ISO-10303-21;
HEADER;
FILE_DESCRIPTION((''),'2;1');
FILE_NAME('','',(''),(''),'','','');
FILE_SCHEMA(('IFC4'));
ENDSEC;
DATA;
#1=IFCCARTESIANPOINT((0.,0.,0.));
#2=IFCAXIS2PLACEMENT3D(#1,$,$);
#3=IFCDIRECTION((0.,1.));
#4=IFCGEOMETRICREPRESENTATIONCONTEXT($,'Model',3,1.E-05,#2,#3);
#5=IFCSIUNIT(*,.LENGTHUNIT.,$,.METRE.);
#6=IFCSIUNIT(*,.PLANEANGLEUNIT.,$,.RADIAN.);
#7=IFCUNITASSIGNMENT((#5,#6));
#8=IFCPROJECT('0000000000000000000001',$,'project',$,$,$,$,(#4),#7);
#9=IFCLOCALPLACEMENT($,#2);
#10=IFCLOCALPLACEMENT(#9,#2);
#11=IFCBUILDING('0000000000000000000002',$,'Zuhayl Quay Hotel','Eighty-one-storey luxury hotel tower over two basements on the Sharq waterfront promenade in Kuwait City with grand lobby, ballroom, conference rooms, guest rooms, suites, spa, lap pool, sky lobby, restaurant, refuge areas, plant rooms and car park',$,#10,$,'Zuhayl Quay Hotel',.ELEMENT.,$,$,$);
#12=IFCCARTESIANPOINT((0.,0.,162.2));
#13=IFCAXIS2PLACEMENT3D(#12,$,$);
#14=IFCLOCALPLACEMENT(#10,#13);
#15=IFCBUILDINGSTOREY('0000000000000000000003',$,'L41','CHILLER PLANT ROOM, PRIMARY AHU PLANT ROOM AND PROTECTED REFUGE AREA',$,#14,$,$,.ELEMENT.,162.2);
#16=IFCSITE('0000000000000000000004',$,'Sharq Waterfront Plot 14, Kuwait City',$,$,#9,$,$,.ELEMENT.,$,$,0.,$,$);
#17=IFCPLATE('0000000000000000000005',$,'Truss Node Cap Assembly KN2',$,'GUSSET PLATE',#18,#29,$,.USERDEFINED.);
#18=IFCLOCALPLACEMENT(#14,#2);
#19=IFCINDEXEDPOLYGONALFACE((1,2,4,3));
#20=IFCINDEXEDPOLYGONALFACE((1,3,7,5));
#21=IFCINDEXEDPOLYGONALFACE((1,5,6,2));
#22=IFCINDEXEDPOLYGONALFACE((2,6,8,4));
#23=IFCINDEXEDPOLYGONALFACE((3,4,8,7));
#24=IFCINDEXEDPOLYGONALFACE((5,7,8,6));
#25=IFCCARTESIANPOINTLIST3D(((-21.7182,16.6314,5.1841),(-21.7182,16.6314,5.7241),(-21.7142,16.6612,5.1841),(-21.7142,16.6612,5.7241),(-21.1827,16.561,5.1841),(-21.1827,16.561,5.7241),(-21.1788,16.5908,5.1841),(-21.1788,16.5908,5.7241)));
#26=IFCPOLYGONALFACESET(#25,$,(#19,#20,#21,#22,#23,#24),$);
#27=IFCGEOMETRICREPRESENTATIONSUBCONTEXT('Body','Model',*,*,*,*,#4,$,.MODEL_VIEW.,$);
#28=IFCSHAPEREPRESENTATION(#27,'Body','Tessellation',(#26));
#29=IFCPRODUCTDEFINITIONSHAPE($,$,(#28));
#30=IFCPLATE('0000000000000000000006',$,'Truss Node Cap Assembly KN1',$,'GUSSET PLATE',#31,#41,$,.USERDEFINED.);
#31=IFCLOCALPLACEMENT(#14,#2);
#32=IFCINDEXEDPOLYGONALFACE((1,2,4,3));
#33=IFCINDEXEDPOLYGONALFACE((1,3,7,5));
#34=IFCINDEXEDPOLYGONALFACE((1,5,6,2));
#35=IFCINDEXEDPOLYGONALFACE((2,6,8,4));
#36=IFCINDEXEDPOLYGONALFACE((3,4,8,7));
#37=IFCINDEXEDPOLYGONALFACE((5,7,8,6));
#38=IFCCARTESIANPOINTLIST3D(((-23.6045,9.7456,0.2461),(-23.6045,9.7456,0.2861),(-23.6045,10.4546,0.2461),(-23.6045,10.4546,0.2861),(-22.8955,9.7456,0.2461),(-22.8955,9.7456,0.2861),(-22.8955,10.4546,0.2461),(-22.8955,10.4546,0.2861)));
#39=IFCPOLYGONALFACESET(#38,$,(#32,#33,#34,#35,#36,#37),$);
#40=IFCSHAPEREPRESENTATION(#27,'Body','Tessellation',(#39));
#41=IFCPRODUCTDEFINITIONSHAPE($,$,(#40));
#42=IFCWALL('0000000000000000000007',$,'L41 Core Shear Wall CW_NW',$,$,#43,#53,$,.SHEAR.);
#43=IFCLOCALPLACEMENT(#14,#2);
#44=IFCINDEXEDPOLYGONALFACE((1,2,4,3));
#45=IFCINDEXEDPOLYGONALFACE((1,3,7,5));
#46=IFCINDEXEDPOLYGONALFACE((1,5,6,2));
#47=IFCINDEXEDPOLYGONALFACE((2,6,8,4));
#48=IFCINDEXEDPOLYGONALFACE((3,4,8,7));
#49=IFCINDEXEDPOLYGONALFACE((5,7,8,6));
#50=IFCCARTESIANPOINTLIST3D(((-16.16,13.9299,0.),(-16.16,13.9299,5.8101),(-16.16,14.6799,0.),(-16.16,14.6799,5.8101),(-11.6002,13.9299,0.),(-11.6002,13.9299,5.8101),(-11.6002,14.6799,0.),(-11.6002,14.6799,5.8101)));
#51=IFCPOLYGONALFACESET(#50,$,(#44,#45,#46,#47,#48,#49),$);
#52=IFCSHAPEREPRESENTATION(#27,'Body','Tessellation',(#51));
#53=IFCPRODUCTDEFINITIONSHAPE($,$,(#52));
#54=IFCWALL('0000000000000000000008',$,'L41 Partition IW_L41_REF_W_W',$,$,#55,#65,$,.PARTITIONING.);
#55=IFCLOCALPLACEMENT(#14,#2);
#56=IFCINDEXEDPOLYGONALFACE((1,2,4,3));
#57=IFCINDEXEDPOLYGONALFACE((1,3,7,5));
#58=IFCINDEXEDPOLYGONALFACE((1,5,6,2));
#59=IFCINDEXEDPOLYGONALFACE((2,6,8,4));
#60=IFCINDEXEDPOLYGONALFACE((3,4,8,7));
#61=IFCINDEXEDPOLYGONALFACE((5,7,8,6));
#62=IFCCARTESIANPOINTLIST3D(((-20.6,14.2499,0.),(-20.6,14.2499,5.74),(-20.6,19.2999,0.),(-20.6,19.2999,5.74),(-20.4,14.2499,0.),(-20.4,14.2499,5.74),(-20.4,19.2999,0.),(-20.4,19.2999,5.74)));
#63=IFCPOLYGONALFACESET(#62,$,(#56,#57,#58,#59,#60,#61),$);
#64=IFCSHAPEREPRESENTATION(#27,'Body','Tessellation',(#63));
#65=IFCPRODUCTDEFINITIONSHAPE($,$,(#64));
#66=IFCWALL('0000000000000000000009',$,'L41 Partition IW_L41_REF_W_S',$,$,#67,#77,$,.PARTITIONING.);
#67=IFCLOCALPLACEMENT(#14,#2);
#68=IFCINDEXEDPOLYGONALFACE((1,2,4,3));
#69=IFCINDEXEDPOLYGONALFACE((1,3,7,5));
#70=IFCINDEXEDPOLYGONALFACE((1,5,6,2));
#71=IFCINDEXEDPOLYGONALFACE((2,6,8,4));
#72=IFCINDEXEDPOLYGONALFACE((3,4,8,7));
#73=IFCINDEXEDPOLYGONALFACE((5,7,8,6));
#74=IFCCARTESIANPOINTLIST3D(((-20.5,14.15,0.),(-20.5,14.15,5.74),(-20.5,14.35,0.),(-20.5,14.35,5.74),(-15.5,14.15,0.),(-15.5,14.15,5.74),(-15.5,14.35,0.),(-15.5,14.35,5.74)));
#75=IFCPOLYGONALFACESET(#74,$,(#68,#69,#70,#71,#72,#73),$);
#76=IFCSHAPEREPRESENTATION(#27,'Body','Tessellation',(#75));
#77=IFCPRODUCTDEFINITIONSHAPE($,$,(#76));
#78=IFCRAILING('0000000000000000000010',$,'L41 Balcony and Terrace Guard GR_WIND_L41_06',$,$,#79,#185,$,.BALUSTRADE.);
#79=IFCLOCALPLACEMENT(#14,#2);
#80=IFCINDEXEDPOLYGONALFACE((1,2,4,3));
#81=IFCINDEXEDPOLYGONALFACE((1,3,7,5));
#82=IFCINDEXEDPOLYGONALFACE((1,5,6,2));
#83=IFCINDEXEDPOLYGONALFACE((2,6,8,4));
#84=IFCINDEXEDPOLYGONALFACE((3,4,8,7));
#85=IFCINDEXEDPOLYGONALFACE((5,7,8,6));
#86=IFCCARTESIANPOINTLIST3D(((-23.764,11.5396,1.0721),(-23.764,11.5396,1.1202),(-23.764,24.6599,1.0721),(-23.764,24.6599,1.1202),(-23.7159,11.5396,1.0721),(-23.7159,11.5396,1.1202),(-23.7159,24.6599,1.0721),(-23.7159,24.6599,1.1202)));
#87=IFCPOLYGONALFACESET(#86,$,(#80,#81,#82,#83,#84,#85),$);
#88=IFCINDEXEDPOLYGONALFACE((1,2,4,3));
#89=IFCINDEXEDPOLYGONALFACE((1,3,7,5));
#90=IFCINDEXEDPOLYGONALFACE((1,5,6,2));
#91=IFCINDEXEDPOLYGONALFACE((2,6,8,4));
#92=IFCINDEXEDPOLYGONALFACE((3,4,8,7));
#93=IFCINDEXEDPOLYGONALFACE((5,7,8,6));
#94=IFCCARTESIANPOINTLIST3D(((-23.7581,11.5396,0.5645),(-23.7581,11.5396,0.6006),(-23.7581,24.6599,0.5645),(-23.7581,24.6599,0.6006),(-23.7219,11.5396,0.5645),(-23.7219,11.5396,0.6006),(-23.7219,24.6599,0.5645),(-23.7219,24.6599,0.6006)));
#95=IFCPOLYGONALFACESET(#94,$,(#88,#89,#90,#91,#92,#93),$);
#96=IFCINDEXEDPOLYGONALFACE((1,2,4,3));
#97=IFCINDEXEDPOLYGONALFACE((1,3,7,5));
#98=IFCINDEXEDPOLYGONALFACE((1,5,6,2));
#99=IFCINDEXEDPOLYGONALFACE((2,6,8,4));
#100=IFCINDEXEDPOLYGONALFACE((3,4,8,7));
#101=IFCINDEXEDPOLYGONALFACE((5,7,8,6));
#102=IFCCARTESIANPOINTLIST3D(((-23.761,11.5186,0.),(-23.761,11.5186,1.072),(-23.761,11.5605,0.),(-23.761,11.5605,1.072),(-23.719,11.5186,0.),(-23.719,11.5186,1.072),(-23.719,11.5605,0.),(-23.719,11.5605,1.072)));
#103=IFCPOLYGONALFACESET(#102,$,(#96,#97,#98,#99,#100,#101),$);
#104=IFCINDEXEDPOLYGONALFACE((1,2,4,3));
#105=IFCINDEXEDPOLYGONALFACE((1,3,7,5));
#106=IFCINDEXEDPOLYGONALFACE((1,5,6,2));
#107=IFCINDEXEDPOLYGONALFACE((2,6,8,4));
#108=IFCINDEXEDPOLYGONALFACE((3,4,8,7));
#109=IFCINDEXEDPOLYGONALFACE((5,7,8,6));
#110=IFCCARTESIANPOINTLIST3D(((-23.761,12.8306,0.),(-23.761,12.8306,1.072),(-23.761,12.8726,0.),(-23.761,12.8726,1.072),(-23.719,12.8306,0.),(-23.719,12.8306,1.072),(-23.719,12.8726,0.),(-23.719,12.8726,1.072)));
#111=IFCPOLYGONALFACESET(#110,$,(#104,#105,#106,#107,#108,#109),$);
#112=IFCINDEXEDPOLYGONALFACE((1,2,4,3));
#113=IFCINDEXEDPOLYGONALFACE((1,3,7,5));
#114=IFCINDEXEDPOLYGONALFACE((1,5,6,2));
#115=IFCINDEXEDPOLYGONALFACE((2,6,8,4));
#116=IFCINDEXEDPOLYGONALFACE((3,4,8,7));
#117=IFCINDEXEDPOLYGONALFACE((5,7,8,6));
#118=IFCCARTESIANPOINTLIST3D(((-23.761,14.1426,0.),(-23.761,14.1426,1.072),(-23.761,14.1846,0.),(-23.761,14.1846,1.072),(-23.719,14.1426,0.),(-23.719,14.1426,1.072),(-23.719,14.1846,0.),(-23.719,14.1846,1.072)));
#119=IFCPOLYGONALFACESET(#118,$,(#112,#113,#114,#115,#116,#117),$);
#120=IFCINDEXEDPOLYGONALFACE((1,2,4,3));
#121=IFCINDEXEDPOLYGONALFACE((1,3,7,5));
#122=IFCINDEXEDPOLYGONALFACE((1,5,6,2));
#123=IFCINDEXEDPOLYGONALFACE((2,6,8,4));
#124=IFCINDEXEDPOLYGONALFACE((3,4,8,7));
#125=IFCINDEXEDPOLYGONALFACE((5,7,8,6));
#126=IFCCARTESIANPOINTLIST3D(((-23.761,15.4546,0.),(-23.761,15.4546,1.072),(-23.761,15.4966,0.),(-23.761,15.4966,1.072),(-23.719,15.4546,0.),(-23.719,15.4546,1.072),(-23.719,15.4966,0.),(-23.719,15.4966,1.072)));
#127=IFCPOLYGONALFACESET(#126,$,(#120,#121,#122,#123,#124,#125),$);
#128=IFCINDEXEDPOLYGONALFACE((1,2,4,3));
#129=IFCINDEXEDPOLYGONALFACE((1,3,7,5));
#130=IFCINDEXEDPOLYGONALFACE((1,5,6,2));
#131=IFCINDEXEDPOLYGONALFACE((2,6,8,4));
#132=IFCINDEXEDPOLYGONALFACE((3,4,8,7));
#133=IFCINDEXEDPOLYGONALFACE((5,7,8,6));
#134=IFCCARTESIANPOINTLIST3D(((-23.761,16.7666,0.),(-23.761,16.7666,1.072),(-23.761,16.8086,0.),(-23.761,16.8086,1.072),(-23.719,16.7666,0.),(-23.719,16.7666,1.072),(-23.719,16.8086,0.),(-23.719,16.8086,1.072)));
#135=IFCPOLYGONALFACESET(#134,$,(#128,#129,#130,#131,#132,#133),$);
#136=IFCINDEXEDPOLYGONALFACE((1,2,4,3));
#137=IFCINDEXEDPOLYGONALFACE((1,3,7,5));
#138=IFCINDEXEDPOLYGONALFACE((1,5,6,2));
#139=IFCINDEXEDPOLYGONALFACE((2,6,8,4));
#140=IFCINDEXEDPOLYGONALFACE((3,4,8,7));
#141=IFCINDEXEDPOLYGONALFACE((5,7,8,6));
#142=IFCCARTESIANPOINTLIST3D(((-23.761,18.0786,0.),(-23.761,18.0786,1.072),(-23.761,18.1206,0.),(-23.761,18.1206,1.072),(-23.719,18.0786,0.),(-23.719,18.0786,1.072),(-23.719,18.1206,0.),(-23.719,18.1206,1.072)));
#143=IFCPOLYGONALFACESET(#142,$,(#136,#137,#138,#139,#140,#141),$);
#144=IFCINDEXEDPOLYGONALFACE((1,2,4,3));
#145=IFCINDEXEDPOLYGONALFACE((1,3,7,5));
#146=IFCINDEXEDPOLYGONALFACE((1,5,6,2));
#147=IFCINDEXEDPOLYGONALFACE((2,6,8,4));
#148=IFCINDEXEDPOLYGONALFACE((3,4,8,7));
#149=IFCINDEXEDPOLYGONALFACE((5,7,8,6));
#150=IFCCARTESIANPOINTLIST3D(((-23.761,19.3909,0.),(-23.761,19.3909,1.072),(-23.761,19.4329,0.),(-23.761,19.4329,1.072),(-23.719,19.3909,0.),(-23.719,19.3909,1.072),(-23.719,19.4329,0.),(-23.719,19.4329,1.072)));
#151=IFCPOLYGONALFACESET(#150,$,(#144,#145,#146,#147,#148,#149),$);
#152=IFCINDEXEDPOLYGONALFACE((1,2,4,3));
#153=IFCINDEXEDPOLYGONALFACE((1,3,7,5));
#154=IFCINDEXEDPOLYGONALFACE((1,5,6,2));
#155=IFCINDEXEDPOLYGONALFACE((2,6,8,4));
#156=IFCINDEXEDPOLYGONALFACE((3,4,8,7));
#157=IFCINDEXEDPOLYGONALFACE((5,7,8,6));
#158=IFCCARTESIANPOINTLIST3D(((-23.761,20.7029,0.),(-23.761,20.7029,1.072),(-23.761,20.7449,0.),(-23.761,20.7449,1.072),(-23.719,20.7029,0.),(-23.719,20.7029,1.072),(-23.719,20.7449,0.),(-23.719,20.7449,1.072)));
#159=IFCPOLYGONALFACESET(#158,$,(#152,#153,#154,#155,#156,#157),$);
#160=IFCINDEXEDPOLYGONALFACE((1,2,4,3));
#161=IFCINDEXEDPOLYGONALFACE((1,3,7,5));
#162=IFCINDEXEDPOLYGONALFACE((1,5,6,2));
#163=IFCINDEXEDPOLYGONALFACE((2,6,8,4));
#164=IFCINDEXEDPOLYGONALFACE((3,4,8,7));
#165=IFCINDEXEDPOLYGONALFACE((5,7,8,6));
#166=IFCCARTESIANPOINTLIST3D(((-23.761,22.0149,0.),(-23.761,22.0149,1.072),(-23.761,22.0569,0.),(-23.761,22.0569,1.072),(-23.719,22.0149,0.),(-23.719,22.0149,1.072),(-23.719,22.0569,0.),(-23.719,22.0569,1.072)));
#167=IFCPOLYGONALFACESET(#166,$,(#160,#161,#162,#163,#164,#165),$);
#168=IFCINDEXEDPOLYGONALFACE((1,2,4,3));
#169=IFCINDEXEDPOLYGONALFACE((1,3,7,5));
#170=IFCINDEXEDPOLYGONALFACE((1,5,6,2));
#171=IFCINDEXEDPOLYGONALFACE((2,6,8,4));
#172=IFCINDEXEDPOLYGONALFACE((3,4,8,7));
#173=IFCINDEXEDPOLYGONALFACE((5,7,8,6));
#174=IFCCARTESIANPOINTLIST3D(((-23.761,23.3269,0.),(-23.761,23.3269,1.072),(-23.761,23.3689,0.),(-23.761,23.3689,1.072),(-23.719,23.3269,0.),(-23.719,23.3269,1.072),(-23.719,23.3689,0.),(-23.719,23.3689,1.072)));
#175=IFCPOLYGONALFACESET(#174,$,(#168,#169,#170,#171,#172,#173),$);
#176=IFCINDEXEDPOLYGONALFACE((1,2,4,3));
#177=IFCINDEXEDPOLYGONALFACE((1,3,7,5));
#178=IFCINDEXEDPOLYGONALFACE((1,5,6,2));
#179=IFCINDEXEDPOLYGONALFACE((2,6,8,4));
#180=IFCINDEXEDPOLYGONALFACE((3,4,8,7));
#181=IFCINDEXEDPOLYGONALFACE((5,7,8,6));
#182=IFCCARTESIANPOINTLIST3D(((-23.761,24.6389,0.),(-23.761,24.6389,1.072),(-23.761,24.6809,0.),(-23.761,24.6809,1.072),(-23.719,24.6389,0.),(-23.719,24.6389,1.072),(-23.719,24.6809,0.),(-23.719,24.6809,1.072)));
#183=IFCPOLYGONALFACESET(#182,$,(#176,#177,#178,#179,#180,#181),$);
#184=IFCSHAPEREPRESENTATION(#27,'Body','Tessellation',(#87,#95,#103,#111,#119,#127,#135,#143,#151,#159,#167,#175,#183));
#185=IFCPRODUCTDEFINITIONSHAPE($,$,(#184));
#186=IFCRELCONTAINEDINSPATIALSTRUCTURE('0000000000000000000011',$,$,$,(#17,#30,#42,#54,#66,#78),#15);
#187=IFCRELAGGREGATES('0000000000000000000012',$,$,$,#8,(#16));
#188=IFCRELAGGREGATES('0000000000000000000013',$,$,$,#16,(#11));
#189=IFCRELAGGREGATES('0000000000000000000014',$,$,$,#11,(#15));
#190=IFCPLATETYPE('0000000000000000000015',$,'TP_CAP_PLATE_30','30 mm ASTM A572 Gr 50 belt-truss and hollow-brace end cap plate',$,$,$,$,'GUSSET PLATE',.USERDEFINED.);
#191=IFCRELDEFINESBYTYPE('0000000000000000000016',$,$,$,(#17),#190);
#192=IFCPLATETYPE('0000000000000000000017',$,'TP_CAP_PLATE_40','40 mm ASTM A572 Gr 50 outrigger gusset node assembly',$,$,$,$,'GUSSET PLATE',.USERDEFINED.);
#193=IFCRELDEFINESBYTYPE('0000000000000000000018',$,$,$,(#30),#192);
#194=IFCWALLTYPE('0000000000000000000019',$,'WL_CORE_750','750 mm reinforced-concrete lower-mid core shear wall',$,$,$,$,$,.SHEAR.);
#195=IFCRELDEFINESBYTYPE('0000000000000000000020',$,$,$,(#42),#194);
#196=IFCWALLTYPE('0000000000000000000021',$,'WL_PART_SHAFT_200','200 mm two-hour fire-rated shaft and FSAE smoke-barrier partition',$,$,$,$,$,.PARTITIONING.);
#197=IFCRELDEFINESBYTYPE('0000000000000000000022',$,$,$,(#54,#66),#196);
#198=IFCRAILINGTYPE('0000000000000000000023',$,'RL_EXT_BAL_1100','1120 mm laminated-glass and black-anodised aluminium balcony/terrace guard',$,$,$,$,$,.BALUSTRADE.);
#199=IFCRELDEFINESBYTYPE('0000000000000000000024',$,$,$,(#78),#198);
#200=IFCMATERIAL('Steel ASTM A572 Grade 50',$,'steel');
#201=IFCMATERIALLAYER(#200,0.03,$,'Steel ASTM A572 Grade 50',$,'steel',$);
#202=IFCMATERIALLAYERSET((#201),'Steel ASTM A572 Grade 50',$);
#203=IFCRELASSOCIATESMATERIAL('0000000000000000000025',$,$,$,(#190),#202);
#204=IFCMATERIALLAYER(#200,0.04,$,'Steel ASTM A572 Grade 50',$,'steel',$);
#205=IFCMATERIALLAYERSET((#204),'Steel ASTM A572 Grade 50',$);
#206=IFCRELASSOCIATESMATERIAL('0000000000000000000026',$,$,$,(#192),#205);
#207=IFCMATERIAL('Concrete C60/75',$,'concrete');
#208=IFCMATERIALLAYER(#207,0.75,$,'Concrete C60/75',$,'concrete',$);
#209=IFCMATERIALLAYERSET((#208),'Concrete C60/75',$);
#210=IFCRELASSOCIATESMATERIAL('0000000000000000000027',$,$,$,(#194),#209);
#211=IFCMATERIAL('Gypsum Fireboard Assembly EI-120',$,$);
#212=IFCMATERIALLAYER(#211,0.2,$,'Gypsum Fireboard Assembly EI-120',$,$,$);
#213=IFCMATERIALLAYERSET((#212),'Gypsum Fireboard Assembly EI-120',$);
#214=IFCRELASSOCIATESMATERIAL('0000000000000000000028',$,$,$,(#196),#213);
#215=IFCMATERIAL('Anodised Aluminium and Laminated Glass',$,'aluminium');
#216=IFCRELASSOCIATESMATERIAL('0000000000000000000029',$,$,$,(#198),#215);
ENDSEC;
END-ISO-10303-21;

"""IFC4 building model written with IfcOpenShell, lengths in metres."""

from ifc_helpers import new_model, si_unit, direction, frame, frame_2d, origin, origin_2d, place, context, subcontext, project, spatial, rectangle, extrude, material, layer, layer_set, type_object, element, save


model = new_model("IFC4")

# Units and contexts
model_context = context("Model", 3, precision=1e-05, world=origin(), true_north=direction((0.0, 1.0)))
body_context = subcontext(model_context, "Body", "Model", "MODEL_VIEW")
ifc_project = project(units=[si_unit("LENGTHUNIT", "METRE"), si_unit("PLANEANGLEUNIT", "RADIAN")], contexts=[model_context])

# Site, building, storey
site_placement = place(None, origin())
site = spatial("IfcSite", under=ifc_project, at=site_placement, Name="Sharq Waterfront Plot 14, Kuwait City", CompositionType="ELEMENT", RefElevation=0.0)
building_placement = place(site_placement, origin())
building = spatial("IfcBuilding", under=site, at=building_placement, Name="Zuhayl Quay Hotel", Description="Eighty-one-storey luxury hotel tower over two basements on the Sharq waterfront promenade in Kuwait City with grand lobby, ballroom, conference rooms, guest rooms, suites, spa, lap pool, sky lobby, restaurant, refuge areas, plant rooms and car park", LongName="Zuhayl Quay Hotel", CompositionType="ELEMENT")
storey_placement = place(building_placement, frame((0.0, 0.0, 162.2)))
storey = spatial("IfcBuildingStorey", under=building, at=storey_placement, Name="L41", Description="CHILLER PLANT ROOM, PRIMARY AHU PLANT ROOM AND PROTECTED REFUGE AREA", CompositionType="ELEMENT", Elevation=162.2)

# Plates
ifc_material_1 = material(Name="Steel ASTM A572 Grade 50", Category="steel")
ifc_layer_1 = layer(ifc_material_1, 0.03, Name="Steel ASTM A572 Grade 50", Category="steel")
ifc_layer_set_1 = layer_set([ifc_layer_1], Name="Steel ASTM A572 Grade 50")
plate_type_1 = type_object("IfcPlateType", Name="TP_CAP_PLATE_30", Description="30 mm ASTM A572 Gr 50 belt-truss and hollow-brace end cap plate", ElementType="GUSSET PLATE", PredefinedType="USERDEFINED", material=ifc_layer_set_1)
plate_1_placement = place(storey_placement, frame((-21.4485, 16.6111, 5.1841), z_axis=(0.0, 0.0, 1.0), x_axis=(0.130353, 0.991468, 0.0)))
element("IfcPlate", 1, at=plate_1_placement, inside=storey, type_object=plate_type_1, Name="Truss Node Cap Assembly KN2", ObjectType="GUSSET PLATE", PredefinedType="USERDEFINED", context=body_context, shape_type="SweptSolid", body=[
    extrude(rectangle(XDim=0.03, YDim=0.54, at=origin_2d()), origin(), (0.0, 0.0, 1.0), 0.54),
])
ifc_layer_2 = layer(ifc_material_1, 0.04, Name="Steel ASTM A572 Grade 50", Category="steel")
ifc_layer_set_2 = layer_set([ifc_layer_2], Name="Steel ASTM A572 Grade 50")
plate_type_2 = type_object("IfcPlateType", Name="TP_CAP_PLATE_40", Description="40 mm ASTM A572 Gr 50 outrigger gusset node assembly", ElementType="GUSSET PLATE", PredefinedType="USERDEFINED", material=ifc_layer_set_2)
plate_2_placement = place(storey_placement, frame((-23.25, 10.1001, 0.2461), z_axis=(0.0, 0.0, 1.0), x_axis=(1.0, 0.0, 0.0)))
element("IfcPlate", 2, at=plate_2_placement, inside=storey, type_object=plate_type_2, Name="Truss Node Cap Assembly KN1", ObjectType="GUSSET PLATE", PredefinedType="USERDEFINED", context=body_context, shape_type="SweptSolid", body=[
    extrude(rectangle(XDim=0.709, YDim=0.709, at=origin_2d()), origin(), (0.0, 0.0, 1.0), 0.04),
])

# Walls
ifc_material_2 = material(Name="Concrete C60/75", Category="concrete")
ifc_layer_3 = layer(ifc_material_2, 0.75, Name="Concrete C60/75", Category="concrete")
ifc_layer_set_3 = layer_set([ifc_layer_3], Name="Concrete C60/75")
wall_type_1 = type_object("IfcWallType", Name="WL_CORE_750", Description="750 mm reinforced-concrete lower-mid core shear wall", PredefinedType="SHEAR", material=ifc_layer_set_3)
wall_1_placement = place(storey_placement, frame((-16.1599, 14.3049, 0.0), z_axis=(0.0, 0.0, 1.0), x_axis=(1.0, 0.0, 0.0)))
element("IfcWall", 3, at=wall_1_placement, inside=storey, type_object=wall_type_1, Name="L41 Core Shear Wall CW_NW", PredefinedType="SHEAR", context=body_context, shape_type="SweptSolid", body=[
    extrude(rectangle(XDim=4.5598, YDim=0.75, at=frame_2d((2.2798, 0.0))), origin(), (0.0, 0.0, 1.0), 5.8101),
])
ifc_material_3 = material(Name="Gypsum Fireboard Assembly EI-120")
ifc_layer_4 = layer(ifc_material_3, 0.2, Name="Gypsum Fireboard Assembly EI-120")
ifc_layer_set_4 = layer_set([ifc_layer_4], Name="Gypsum Fireboard Assembly EI-120")
wall_type_2 = type_object("IfcWallType", Name="WL_PART_SHAFT_200", Description="200 mm two-hour fire-rated shaft and FSAE smoke-barrier partition", PredefinedType="PARTITIONING", material=ifc_layer_set_4)
wall_2_placement = place(storey_placement, frame((-20.5, 14.25, 0.0), z_axis=(0.0, 0.0, 1.0), x_axis=(0.0, 1.0, 0.0)))
element("IfcWall", 4, at=wall_2_placement, inside=storey, type_object=wall_type_2, Name="L41 Partition IW_L41_REF_W_W", PredefinedType="PARTITIONING", context=body_context, shape_type="SweptSolid", body=[
    extrude(rectangle(XDim=5.05, YDim=0.2, at=frame_2d((2.5249, 0.0))), origin(), (0.0, 0.0, 1.0), 5.74),
])
wall_3_placement = place(storey_placement, frame((-20.5, 14.25, 0.0), z_axis=(0.0, 0.0, 1.0), x_axis=(1.0, 0.0, 0.0)))
element("IfcWall", 5, at=wall_3_placement, inside=storey, type_object=wall_type_2, Name="L41 Partition IW_L41_REF_W_S", PredefinedType="PARTITIONING", context=body_context, shape_type="SweptSolid", body=[
    extrude(rectangle(XDim=5.0, YDim=0.2, at=frame_2d((2.5, 0.0))), origin(), (0.0, 0.0, 1.0), 5.74),
])

# Railing
ifc_material_4 = material(Name="Anodised Aluminium and Laminated Glass", Category="aluminium")
railing_type = type_object("IfcRailingType", Name="RL_EXT_BAL_1100", Description="1120 mm laminated-glass and black-anodised aluminium balcony/terrace guard", PredefinedType="BALUSTRADE", material=ifc_material_4)
railing_placement = place(storey_placement, frame((-23.74, 11.5396, 0.0)))
element("IfcRailing", 6, at=railing_placement, inside=storey, type_object=railing_type, Name="L41 Balcony and Terrace Guard GR_WIND_L41_06", PredefinedType="BALUSTRADE", context=body_context, shape_type="SweptSolid", body=[
    extrude(rectangle(XDim=0.0481, YDim=0.0481, at=origin_2d()), frame((0.0, 0.0, 1.0962), z_axis=(0.0, 1.0, 0.0), x_axis=(-1.0, 0.0, 0.0)), (0.0, 0.0, 1.0), 13.1204),
    extrude(rectangle(XDim=0.0361, YDim=0.0361, at=origin_2d()), frame((0.0, 0.0, 0.5825), z_axis=(0.0, 1.0, 0.0), x_axis=(-1.0, 0.0, 0.0)), (0.0, 0.0, 1.0), 13.1204),
    extrude(rectangle(XDim=0.042, YDim=0.042, at=origin_2d()), origin(), (0.0, 0.0, 1.0), 1.072),
    extrude(rectangle(XDim=0.042, YDim=0.042, at=origin_2d()), frame((0.0, 1.312, 0.0)), (0.0, 0.0, 1.0), 1.072),
    extrude(rectangle(XDim=0.042, YDim=0.042, at=origin_2d()), frame((0.0, 2.624, 0.0)), (0.0, 0.0, 1.0), 1.072),
    extrude(rectangle(XDim=0.042, YDim=0.042, at=origin_2d()), frame((0.0, 3.936, 0.0)), (0.0, 0.0, 1.0), 1.072),
    extrude(rectangle(XDim=0.042, YDim=0.042, at=origin_2d()), frame((0.0, 5.248, 0.0)), (0.0, 0.0, 1.0), 1.072),
    extrude(rectangle(XDim=0.042, YDim=0.042, at=origin_2d()), frame((0.0, 6.5601, 0.0)), (0.0, 0.0, 1.0), 1.072),
    extrude(rectangle(XDim=0.042, YDim=0.042, at=origin_2d()), frame((0.0, 7.8723, 0.0)), (0.0, 0.0, 1.0), 1.072),
    extrude(rectangle(XDim=0.042, YDim=0.042, at=origin_2d()), frame((0.0, 9.1843, 0.0)), (0.0, 0.0, 1.0), 1.072),
    extrude(rectangle(XDim=0.042, YDim=0.042, at=origin_2d()), frame((0.0, 10.4963, 0.0)), (0.0, 0.0, 1.0), 1.072),
    extrude(rectangle(XDim=0.042, YDim=0.042, at=origin_2d()), frame((0.0, 11.8083, 0.0)), (0.0, 0.0, 1.0), 1.072),
    extrude(rectangle(XDim=0.042, YDim=0.042, at=origin_2d()), frame((0.0, 13.1204, 0.0)), (0.0, 0.0, 1.0), 1.072),
])

save(model, "model.ifc")
